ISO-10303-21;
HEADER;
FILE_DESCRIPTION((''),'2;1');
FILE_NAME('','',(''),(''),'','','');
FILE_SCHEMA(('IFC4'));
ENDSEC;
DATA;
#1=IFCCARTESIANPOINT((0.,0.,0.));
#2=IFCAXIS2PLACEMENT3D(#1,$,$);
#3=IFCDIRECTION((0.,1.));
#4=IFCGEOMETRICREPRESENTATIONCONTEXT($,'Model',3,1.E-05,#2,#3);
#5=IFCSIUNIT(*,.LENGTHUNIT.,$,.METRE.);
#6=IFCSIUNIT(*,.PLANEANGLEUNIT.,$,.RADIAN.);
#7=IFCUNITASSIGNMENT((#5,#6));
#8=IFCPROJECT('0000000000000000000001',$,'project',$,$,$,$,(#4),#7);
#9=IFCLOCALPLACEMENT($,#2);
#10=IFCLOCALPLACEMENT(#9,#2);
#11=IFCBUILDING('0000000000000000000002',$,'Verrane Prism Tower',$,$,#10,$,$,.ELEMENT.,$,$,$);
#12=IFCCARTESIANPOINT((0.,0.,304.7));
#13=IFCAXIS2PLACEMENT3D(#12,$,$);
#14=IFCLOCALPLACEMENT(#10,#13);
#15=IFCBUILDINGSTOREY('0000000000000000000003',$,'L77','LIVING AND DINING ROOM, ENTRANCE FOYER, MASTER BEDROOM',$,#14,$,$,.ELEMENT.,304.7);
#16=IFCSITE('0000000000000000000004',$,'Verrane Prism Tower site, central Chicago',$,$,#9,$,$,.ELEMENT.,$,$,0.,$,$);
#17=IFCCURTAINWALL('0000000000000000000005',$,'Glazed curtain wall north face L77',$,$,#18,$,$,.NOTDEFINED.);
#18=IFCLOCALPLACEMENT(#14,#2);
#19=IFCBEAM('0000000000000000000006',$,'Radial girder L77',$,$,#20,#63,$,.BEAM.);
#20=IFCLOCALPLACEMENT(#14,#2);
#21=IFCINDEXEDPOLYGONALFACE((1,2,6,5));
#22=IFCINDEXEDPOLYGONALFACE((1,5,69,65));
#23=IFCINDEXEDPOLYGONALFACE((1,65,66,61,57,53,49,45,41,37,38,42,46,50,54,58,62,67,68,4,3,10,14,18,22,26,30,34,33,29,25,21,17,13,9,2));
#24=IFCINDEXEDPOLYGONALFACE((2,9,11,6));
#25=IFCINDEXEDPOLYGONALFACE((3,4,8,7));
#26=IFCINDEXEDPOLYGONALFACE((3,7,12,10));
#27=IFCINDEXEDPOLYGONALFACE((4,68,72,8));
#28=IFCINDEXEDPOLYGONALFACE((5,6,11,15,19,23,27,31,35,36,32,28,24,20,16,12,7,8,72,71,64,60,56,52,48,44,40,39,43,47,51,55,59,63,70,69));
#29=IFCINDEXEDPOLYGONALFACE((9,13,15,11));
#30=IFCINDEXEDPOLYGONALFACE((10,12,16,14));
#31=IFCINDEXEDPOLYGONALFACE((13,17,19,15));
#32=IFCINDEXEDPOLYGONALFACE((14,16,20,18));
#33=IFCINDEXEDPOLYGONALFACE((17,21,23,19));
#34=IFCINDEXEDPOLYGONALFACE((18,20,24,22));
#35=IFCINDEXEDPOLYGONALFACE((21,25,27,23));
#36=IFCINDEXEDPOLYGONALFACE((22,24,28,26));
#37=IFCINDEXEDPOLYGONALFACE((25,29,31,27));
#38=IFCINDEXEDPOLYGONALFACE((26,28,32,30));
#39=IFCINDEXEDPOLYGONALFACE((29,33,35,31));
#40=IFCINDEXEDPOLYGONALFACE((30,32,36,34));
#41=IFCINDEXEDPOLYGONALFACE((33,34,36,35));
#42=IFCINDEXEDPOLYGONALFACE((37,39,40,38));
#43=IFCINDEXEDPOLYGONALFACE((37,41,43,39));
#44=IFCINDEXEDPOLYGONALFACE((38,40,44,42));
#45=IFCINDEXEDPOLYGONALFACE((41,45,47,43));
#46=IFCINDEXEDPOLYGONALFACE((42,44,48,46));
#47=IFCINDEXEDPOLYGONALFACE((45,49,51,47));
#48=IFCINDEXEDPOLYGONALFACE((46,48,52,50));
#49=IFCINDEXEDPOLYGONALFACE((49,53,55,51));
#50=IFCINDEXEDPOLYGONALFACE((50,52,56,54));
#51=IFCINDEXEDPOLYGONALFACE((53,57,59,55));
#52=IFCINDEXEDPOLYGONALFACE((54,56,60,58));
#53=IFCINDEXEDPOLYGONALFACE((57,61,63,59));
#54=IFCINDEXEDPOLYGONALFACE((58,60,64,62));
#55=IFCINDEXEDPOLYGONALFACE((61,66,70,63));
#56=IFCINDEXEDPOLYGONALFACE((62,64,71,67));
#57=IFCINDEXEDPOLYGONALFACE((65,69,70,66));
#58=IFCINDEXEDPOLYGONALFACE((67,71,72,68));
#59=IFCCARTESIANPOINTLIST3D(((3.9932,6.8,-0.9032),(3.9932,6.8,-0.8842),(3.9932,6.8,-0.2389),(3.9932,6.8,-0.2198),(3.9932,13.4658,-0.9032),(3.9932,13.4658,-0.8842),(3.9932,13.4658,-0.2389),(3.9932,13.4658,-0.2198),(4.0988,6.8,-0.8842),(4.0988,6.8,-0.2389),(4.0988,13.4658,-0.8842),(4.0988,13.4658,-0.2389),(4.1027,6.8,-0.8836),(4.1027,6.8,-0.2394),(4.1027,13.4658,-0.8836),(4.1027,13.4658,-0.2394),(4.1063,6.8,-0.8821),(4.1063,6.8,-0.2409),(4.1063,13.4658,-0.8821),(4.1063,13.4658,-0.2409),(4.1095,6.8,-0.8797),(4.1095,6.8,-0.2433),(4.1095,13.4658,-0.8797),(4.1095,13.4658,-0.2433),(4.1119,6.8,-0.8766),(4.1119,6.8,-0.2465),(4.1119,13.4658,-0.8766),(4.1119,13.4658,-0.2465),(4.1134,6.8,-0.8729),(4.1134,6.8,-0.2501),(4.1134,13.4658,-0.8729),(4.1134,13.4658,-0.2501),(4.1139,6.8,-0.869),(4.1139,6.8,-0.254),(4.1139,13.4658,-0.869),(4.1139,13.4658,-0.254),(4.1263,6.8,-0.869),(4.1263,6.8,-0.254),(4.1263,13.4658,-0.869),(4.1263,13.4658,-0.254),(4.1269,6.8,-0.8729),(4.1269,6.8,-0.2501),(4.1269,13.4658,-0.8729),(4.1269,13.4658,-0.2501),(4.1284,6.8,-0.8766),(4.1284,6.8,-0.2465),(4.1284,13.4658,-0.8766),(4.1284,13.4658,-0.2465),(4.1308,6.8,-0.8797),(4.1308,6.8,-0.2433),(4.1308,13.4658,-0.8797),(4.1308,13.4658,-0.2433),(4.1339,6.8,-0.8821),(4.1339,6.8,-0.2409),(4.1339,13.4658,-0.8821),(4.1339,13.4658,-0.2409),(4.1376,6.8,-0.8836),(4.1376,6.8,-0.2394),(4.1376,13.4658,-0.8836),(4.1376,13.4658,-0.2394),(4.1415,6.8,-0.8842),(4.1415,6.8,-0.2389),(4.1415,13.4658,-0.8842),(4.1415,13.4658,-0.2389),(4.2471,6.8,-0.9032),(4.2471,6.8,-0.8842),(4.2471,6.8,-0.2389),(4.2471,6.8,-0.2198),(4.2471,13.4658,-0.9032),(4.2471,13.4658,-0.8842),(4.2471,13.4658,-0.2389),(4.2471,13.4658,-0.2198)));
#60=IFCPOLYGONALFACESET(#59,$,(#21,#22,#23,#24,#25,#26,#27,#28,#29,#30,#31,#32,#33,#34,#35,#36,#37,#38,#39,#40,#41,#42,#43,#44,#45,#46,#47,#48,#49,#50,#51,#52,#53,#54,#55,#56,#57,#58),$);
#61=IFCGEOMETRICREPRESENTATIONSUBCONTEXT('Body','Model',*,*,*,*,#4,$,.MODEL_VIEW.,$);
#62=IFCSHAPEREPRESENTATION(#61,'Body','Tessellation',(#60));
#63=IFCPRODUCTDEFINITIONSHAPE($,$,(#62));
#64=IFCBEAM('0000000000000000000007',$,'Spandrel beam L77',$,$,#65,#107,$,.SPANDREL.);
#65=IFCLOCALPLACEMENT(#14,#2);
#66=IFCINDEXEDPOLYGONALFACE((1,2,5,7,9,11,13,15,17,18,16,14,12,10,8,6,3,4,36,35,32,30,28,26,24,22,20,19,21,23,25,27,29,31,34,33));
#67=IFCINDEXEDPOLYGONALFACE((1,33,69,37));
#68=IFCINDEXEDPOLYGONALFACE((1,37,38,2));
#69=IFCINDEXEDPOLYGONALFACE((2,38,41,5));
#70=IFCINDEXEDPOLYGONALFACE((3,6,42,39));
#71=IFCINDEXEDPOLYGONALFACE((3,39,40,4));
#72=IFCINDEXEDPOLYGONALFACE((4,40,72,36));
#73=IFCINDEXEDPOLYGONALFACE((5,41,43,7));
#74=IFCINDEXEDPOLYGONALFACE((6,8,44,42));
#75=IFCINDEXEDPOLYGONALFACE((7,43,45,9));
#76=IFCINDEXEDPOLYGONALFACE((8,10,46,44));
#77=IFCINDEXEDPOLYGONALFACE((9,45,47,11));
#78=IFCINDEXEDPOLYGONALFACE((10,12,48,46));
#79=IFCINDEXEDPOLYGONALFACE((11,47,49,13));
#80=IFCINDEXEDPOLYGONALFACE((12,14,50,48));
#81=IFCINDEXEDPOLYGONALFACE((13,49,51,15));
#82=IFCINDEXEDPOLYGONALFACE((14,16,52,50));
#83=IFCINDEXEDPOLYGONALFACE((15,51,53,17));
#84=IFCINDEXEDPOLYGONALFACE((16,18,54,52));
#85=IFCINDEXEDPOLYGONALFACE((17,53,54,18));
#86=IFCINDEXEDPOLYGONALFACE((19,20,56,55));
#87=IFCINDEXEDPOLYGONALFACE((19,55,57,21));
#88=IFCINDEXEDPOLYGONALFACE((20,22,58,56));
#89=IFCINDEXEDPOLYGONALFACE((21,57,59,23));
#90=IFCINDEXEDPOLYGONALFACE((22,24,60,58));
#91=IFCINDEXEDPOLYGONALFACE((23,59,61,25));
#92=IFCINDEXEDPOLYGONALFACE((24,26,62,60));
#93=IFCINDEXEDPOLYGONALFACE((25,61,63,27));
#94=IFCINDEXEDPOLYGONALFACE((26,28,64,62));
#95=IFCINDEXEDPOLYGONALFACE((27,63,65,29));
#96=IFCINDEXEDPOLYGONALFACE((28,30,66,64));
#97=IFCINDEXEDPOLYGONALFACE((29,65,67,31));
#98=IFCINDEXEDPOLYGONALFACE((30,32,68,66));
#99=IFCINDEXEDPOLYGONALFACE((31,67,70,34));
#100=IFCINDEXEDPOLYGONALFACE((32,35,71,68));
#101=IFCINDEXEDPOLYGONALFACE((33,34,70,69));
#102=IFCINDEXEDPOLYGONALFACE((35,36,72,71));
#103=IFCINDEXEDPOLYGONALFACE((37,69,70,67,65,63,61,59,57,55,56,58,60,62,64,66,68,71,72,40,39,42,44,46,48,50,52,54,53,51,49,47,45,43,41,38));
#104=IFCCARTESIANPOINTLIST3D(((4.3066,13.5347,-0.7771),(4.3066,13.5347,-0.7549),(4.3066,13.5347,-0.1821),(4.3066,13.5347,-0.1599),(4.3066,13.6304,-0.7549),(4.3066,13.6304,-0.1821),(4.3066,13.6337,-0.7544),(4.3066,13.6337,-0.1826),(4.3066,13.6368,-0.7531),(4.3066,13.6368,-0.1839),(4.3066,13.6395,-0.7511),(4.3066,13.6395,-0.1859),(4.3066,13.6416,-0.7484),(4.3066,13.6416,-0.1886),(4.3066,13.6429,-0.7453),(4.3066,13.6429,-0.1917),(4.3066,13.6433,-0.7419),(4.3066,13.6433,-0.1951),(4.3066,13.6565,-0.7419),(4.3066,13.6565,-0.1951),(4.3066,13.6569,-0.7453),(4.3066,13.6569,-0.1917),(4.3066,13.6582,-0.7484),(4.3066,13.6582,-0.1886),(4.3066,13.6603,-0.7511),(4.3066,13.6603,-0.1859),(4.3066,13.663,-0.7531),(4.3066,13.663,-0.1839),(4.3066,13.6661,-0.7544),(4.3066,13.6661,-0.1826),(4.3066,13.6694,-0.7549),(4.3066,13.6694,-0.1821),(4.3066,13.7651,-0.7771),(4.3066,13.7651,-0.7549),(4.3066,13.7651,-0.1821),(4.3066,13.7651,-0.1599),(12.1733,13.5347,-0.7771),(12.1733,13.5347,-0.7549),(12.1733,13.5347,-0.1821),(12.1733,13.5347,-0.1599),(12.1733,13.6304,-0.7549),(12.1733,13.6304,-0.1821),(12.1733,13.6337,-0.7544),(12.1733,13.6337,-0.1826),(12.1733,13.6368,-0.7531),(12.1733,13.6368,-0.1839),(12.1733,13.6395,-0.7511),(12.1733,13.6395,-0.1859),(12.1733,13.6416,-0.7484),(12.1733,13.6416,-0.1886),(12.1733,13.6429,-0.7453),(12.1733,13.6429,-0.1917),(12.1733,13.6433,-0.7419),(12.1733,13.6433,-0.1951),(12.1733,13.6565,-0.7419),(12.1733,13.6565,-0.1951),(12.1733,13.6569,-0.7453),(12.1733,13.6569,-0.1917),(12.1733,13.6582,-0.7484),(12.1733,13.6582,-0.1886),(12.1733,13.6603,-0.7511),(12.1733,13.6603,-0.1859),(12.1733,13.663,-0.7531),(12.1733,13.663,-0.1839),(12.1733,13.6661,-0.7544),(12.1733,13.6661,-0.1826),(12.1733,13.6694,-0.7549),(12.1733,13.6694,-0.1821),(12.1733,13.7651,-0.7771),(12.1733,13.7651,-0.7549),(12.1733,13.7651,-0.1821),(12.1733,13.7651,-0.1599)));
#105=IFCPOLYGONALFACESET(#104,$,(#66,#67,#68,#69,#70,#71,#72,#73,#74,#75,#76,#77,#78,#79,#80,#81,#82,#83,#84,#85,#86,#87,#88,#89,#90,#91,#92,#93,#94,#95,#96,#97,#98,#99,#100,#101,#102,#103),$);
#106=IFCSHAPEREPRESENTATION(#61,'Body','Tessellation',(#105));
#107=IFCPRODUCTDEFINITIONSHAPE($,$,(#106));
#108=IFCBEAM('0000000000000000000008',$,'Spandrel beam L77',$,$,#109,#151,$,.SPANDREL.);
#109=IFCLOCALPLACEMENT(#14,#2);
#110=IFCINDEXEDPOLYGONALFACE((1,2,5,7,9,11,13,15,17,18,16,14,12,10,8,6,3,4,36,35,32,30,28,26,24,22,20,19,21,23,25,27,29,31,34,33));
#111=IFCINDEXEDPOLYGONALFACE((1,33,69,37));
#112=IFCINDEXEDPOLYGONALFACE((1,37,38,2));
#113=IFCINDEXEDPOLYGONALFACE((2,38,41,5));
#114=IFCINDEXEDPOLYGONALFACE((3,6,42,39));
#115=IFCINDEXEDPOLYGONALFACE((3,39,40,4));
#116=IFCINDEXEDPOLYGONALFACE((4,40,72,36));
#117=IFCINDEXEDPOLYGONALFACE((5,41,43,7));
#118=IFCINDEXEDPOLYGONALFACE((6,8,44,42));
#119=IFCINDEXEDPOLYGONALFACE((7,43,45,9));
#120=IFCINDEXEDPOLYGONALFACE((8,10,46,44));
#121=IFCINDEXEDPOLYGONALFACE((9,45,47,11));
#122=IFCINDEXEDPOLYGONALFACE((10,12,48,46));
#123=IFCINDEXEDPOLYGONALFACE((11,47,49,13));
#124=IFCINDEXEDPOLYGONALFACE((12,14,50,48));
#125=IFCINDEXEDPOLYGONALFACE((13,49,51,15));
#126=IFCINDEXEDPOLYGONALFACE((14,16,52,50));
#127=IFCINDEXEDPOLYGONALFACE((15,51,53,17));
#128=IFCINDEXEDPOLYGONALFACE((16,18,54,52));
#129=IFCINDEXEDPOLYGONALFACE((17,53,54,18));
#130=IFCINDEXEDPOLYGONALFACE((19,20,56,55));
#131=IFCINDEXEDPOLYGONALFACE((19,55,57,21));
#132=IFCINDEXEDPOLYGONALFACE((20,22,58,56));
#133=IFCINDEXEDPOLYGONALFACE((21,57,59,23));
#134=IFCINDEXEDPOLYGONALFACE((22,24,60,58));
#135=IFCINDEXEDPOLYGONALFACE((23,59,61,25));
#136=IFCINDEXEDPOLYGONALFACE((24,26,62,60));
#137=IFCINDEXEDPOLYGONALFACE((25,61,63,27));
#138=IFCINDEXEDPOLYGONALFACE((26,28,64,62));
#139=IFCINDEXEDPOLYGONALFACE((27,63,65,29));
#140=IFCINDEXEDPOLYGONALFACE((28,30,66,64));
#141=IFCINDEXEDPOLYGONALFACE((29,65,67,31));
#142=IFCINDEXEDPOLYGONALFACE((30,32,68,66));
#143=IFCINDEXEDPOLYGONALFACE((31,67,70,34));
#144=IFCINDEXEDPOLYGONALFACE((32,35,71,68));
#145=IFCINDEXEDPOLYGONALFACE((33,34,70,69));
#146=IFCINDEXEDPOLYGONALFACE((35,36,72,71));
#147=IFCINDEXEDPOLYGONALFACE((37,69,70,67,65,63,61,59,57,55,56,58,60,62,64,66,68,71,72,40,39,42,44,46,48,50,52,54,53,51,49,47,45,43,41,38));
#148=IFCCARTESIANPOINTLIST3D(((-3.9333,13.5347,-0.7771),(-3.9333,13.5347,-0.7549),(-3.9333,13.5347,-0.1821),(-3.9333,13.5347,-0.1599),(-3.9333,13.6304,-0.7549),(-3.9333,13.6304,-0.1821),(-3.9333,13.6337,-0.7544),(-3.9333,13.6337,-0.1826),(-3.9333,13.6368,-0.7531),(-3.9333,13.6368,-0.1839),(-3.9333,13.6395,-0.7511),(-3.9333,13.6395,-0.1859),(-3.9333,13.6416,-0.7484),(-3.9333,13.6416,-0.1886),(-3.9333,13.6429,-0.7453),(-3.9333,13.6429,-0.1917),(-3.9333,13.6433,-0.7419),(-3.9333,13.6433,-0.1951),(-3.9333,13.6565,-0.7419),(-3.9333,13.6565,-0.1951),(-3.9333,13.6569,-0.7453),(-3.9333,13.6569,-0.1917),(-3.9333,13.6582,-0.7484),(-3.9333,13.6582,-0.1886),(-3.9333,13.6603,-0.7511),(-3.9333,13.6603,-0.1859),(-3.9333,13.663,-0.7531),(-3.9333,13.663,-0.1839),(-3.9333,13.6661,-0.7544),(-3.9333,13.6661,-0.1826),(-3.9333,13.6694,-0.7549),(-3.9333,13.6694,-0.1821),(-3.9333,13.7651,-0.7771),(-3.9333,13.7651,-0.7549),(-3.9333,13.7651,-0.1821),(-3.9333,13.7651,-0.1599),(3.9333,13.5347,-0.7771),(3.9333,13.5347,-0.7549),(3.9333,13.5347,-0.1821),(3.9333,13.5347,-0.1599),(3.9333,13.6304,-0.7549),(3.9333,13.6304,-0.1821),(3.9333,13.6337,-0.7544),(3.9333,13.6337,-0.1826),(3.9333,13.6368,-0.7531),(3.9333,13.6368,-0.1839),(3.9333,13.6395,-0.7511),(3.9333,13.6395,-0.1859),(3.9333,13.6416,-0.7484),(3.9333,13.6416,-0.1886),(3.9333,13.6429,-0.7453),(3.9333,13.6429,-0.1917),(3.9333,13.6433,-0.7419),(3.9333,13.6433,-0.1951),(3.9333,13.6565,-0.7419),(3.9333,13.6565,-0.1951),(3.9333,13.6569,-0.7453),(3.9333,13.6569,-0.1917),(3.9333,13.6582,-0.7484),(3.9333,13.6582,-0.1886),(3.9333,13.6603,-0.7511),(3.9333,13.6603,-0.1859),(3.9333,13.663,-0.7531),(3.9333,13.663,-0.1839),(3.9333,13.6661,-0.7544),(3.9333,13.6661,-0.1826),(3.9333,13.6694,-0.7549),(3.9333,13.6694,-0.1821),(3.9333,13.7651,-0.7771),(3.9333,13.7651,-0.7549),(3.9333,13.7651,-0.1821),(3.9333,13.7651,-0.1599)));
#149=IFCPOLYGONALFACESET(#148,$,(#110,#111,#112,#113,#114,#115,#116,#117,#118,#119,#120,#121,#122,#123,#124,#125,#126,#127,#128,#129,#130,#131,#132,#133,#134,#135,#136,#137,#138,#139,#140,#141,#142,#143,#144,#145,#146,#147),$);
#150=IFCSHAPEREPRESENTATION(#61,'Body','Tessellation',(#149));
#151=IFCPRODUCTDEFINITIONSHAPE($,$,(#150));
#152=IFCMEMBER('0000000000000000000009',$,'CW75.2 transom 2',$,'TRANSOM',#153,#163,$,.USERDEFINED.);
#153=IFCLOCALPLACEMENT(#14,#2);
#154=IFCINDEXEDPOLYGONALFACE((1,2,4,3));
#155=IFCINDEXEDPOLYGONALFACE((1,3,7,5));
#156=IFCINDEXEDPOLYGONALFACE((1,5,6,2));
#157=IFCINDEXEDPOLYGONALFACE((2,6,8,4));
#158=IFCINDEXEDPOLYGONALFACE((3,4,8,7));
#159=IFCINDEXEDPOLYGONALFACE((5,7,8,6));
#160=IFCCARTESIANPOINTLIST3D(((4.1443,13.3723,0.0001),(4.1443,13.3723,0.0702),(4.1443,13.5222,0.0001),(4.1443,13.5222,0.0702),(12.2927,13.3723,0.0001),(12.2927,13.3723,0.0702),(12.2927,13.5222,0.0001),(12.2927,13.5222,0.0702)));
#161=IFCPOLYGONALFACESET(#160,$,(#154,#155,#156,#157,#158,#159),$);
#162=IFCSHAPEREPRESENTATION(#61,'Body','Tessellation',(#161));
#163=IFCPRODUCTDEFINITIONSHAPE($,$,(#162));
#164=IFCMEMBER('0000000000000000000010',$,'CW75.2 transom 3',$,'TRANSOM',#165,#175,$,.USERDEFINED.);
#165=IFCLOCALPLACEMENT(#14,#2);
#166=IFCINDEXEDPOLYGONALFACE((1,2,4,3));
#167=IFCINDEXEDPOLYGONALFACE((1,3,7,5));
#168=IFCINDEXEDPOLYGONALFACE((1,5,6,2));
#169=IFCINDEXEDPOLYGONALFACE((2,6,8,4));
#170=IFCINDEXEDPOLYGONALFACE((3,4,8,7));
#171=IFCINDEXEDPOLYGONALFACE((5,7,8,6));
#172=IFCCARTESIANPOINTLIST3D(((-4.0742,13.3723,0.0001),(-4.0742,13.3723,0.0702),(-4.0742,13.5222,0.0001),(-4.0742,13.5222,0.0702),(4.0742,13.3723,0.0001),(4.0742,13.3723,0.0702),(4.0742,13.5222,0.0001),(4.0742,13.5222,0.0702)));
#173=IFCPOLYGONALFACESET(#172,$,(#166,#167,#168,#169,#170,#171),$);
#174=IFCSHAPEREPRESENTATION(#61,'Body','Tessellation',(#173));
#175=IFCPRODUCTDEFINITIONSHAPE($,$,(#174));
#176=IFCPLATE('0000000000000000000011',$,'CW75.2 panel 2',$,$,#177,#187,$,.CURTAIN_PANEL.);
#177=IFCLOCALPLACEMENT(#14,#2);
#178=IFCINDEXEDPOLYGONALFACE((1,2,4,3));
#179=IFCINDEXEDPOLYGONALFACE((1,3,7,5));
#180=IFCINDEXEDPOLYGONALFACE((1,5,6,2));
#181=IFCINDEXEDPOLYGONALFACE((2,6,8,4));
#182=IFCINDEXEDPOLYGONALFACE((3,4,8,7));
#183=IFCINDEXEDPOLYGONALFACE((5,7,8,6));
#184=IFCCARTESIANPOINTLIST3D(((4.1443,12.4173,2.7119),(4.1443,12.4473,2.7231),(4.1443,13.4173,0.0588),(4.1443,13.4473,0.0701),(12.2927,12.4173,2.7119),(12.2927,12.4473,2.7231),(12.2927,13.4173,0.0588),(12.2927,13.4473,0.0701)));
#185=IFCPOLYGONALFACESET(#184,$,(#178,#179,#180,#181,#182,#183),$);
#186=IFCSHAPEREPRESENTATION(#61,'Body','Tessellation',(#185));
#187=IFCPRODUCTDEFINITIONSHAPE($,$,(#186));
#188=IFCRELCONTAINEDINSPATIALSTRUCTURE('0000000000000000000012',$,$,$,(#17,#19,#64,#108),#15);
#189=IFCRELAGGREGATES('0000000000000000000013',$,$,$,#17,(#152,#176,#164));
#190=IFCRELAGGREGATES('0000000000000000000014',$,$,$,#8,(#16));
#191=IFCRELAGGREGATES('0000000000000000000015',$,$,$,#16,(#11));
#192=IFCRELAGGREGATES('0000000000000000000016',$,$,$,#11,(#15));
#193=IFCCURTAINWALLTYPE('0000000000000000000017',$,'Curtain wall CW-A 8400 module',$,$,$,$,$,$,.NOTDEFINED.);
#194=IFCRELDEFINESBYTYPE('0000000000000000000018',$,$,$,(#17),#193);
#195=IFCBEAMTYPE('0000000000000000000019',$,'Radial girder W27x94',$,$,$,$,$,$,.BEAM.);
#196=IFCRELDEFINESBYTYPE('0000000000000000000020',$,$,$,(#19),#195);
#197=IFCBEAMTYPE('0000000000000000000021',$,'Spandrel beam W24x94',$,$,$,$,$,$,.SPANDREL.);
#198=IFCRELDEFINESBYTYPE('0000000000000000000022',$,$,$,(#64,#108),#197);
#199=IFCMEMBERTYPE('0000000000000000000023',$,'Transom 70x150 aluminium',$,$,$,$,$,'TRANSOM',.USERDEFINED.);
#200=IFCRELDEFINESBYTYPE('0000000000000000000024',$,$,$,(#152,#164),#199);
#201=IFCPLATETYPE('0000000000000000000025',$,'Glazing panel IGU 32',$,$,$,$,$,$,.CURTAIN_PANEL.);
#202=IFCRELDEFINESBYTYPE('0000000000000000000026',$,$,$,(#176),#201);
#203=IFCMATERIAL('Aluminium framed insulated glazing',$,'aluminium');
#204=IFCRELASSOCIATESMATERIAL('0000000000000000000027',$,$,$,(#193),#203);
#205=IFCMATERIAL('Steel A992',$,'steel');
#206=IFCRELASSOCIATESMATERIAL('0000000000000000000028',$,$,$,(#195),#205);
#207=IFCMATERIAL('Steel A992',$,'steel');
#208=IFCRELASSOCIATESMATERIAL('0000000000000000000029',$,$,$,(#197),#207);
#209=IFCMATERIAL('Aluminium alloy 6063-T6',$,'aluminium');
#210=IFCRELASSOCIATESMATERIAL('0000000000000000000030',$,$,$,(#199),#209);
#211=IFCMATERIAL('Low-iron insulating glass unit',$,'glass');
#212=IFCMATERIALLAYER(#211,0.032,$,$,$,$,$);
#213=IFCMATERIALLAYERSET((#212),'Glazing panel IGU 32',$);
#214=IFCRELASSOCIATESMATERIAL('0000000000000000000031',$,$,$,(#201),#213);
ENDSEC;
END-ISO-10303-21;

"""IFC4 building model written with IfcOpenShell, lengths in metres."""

from ifc_helpers import new_model, si_unit, direction, frame, origin, origin_2d, place, context, subcontext, project, spatial, polyline, rectangle, i_section, outline, extrude, material, layer, layer_set, material_profile, profile_set, type_object, element, aggregate, save


model = new_model("IFC4")

# Units and contexts
model_context = context("Model", 3, precision=1e-05, world=origin(), true_north=direction((0.0, 1.0)))
body_context = subcontext(model_context, "Body", "Model", "MODEL_VIEW")
ifc_project = project(units=[si_unit("LENGTHUNIT", "METRE"), si_unit("PLANEANGLEUNIT", "RADIAN")], contexts=[model_context])

# Site, building, storey
site_placement = place(None, origin())
site = spatial("IfcSite", under=ifc_project, at=site_placement, Name="Verrane Prism Tower site, central Chicago", CompositionType="ELEMENT", RefElevation=0.0)
building_placement = place(site_placement, origin())
building = spatial("IfcBuilding", under=site, at=building_placement, Name="Verrane Prism Tower", CompositionType="ELEMENT")
storey_placement = place(building_placement, frame((0.0, 0.0, 304.7)))
storey = spatial("IfcBuildingStorey", under=building, at=storey_placement, Name="L77", Description="LIVING AND DINING ROOM, ENTRANCE FOYER, MASTER BEDROOM", CompositionType="ELEMENT", Elevation=304.7)

# Curtain wall
ifc_material_1 = material(Name="Aluminium framed insulated glazing", Category="aluminium")
curtain_wall_type = type_object("IfcCurtainWallType", Name="Curtain wall CW-A 8400 module", PredefinedType="NOTDEFINED", material=ifc_material_1)
curtain_wall_placement = place(storey_placement, origin())
curtain_wall = element("IfcCurtainWall", 1, at=curtain_wall_placement, inside=storey, type_object=curtain_wall_type, Name="Glazed curtain wall north face L77", PredefinedType="NOTDEFINED")

# Beams
ifc_material_2 = material(Name="Steel A992", Category="steel")
ifc_material_profile_1 = material_profile(ifc_material_2, i_section(OverallWidth=0.2539, OverallDepth=0.6833, WebThickness=0.0125, FlangeThickness=0.019, FilletRadius=0.0151, at=origin_2d()), Name="W27x94")
ifc_profile_set_1 = profile_set([ifc_material_profile_1], Name="Steel A992")
beam_type_1 = type_object("IfcBeamType", Name="Radial girder W27x94", PredefinedType="BEAM", material=ifc_profile_set_1)
beam_1_placement = place(storey_placement, frame((4.1201, 13.4658, -0.5615), z_axis=(0.0, -1.0, 0.0), x_axis=(1.0, 0.0, 0.0)))
element("IfcBeam", 2, at=beam_1_placement, inside=storey, type_object=beam_type_1, Name="Radial girder L77", PredefinedType="BEAM", context=body_context, shape_type="SweptSolid", body=[
    extrude(i_section(OverallWidth=0.2539, OverallDepth=0.6833, WebThickness=0.0125, FlangeThickness=0.019, FilletRadius=0.0151, at=origin_2d()), origin(), (0.0, 0.0, 1.0), 6.6658),
])
ifc_material_3 = material(Name="Steel A992", Category="steel")
ifc_material_profile_2 = material_profile(ifc_material_3, i_section(OverallWidth=0.2305, OverallDepth=0.6172, WebThickness=0.0132, FlangeThickness=0.0222, FilletRadius=0.0129, at=origin_2d()), Name="W24x94")
ifc_profile_set_2 = profile_set([ifc_material_profile_2], Name="Steel A992")
beam_type_2 = type_object("IfcBeamType", Name="Spandrel beam W24x94", PredefinedType="SPANDREL", material=ifc_profile_set_2)
for number, where, z_axis, x_axis, name in (
    (3, (12.1733, 13.6499, -0.4685), (-1.0, 0.0, 0.0), (0.0, -1.0, 0.0), "Spandrel beam L77"),
    (4, (3.9333, 13.6499, -0.4685), (-1.0, 0.0, 0.0), (0.0, -1.0, 0.0), "Spandrel beam L77"),
):
    element("IfcBeam", number, at=place(storey_placement, frame(where, z_axis=z_axis, x_axis=x_axis)), inside=storey, type_object=beam_type_2, Name=name, PredefinedType="SPANDREL", context=body_context, shape_type="SweptSolid", body=[
        extrude(i_section(OverallWidth=0.2305, OverallDepth=0.6172, WebThickness=0.0132, FlangeThickness=0.0222, FilletRadius=0.0129, at=origin_2d()), origin(), (0.0, 0.0, 1.0), 7.8667),
    ])

# Members
ifc_material_4 = material(Name="Aluminium alloy 6063-T6", Category="aluminium")
ifc_material_profile_3 = material_profile(ifc_material_4, rectangle(XDim=0.1499, YDim=0.0701, at=origin_2d()), Name="Transom 70x150 aluminium")
ifc_profile_set_3 = profile_set([ifc_material_profile_3], Name="Aluminium alloy 6063-T6")
member_type_1 = type_object("IfcMemberType", Name="Transom 70x150 aluminium", ElementType="TRANSOM", PredefinedType="USERDEFINED", material=ifc_profile_set_3)
member_1_placement = place(storey_placement, frame((12.2927, 13.4473, 0.0352), z_axis=(-1.0, 0.0, 0.0), x_axis=(0.0, -1.0, 0.0)))
member_1 = element("IfcMember", 5, at=member_1_placement, type_object=member_type_1, Name="CW75.2 transom 2", ObjectType="TRANSOM", PredefinedType="USERDEFINED", context=body_context, shape_type="SweptSolid", body=[
    extrude(rectangle(XDim=0.1499, YDim=0.0701, at=origin_2d()), origin(), (0.0, 0.0, 1.0), 8.1484),
])
member_2_placement = place(storey_placement, frame((4.0742, 13.4473, 0.0352), z_axis=(-1.0, 0.0, 0.0), x_axis=(0.0, -1.0, 0.0)))
member_2 = element("IfcMember", 6, at=member_2_placement, type_object=member_type_1, Name="CW75.2 transom 3", ObjectType="TRANSOM", PredefinedType="USERDEFINED", context=body_context, shape_type="SweptSolid", body=[
    extrude(rectangle(XDim=0.1499, YDim=0.0701, at=origin_2d()), origin(), (0.0, 0.0, 1.0), 8.1484),
])

# Plate
ifc_material_5 = material(Name="Low-iron insulating glass unit", Category="glass")
ifc_layer_1 = layer(ifc_material_5, 0.032)
ifc_layer_set_1 = layer_set([ifc_layer_1], Name="Glazing panel IGU 32")
plate_type = type_object("IfcPlateType", Name="Glazing panel IGU 32", PredefinedType="CURTAIN_PANEL", material=ifc_layer_set_1)
plate_1_placement = place(storey_placement, frame((12.2927, 13.4473, 0.0701), z_axis=(0.0, 0.935737, 0.352699), x_axis=(-1.0, 0.0, 0.0)))
plate_1 = element("IfcPlate", 7, at=plate_1_placement, type_object=plate_type, Name="CW75.2 panel 2", PredefinedType="CURTAIN_PANEL", context=body_context, shape_type="SweptSolid", body=[
    extrude(outline(polyline([(0.0, 0.0), (8.1484, 0.0), (8.1484, 2.8353), (0.0, 2.8353), (0.0, 0.0)])), origin(), (0.0, 0.0, -1.0), 0.032),
])
aggregate(curtain_wall, [member_1, plate_1, member_2])

save(model, "model.ifc")
